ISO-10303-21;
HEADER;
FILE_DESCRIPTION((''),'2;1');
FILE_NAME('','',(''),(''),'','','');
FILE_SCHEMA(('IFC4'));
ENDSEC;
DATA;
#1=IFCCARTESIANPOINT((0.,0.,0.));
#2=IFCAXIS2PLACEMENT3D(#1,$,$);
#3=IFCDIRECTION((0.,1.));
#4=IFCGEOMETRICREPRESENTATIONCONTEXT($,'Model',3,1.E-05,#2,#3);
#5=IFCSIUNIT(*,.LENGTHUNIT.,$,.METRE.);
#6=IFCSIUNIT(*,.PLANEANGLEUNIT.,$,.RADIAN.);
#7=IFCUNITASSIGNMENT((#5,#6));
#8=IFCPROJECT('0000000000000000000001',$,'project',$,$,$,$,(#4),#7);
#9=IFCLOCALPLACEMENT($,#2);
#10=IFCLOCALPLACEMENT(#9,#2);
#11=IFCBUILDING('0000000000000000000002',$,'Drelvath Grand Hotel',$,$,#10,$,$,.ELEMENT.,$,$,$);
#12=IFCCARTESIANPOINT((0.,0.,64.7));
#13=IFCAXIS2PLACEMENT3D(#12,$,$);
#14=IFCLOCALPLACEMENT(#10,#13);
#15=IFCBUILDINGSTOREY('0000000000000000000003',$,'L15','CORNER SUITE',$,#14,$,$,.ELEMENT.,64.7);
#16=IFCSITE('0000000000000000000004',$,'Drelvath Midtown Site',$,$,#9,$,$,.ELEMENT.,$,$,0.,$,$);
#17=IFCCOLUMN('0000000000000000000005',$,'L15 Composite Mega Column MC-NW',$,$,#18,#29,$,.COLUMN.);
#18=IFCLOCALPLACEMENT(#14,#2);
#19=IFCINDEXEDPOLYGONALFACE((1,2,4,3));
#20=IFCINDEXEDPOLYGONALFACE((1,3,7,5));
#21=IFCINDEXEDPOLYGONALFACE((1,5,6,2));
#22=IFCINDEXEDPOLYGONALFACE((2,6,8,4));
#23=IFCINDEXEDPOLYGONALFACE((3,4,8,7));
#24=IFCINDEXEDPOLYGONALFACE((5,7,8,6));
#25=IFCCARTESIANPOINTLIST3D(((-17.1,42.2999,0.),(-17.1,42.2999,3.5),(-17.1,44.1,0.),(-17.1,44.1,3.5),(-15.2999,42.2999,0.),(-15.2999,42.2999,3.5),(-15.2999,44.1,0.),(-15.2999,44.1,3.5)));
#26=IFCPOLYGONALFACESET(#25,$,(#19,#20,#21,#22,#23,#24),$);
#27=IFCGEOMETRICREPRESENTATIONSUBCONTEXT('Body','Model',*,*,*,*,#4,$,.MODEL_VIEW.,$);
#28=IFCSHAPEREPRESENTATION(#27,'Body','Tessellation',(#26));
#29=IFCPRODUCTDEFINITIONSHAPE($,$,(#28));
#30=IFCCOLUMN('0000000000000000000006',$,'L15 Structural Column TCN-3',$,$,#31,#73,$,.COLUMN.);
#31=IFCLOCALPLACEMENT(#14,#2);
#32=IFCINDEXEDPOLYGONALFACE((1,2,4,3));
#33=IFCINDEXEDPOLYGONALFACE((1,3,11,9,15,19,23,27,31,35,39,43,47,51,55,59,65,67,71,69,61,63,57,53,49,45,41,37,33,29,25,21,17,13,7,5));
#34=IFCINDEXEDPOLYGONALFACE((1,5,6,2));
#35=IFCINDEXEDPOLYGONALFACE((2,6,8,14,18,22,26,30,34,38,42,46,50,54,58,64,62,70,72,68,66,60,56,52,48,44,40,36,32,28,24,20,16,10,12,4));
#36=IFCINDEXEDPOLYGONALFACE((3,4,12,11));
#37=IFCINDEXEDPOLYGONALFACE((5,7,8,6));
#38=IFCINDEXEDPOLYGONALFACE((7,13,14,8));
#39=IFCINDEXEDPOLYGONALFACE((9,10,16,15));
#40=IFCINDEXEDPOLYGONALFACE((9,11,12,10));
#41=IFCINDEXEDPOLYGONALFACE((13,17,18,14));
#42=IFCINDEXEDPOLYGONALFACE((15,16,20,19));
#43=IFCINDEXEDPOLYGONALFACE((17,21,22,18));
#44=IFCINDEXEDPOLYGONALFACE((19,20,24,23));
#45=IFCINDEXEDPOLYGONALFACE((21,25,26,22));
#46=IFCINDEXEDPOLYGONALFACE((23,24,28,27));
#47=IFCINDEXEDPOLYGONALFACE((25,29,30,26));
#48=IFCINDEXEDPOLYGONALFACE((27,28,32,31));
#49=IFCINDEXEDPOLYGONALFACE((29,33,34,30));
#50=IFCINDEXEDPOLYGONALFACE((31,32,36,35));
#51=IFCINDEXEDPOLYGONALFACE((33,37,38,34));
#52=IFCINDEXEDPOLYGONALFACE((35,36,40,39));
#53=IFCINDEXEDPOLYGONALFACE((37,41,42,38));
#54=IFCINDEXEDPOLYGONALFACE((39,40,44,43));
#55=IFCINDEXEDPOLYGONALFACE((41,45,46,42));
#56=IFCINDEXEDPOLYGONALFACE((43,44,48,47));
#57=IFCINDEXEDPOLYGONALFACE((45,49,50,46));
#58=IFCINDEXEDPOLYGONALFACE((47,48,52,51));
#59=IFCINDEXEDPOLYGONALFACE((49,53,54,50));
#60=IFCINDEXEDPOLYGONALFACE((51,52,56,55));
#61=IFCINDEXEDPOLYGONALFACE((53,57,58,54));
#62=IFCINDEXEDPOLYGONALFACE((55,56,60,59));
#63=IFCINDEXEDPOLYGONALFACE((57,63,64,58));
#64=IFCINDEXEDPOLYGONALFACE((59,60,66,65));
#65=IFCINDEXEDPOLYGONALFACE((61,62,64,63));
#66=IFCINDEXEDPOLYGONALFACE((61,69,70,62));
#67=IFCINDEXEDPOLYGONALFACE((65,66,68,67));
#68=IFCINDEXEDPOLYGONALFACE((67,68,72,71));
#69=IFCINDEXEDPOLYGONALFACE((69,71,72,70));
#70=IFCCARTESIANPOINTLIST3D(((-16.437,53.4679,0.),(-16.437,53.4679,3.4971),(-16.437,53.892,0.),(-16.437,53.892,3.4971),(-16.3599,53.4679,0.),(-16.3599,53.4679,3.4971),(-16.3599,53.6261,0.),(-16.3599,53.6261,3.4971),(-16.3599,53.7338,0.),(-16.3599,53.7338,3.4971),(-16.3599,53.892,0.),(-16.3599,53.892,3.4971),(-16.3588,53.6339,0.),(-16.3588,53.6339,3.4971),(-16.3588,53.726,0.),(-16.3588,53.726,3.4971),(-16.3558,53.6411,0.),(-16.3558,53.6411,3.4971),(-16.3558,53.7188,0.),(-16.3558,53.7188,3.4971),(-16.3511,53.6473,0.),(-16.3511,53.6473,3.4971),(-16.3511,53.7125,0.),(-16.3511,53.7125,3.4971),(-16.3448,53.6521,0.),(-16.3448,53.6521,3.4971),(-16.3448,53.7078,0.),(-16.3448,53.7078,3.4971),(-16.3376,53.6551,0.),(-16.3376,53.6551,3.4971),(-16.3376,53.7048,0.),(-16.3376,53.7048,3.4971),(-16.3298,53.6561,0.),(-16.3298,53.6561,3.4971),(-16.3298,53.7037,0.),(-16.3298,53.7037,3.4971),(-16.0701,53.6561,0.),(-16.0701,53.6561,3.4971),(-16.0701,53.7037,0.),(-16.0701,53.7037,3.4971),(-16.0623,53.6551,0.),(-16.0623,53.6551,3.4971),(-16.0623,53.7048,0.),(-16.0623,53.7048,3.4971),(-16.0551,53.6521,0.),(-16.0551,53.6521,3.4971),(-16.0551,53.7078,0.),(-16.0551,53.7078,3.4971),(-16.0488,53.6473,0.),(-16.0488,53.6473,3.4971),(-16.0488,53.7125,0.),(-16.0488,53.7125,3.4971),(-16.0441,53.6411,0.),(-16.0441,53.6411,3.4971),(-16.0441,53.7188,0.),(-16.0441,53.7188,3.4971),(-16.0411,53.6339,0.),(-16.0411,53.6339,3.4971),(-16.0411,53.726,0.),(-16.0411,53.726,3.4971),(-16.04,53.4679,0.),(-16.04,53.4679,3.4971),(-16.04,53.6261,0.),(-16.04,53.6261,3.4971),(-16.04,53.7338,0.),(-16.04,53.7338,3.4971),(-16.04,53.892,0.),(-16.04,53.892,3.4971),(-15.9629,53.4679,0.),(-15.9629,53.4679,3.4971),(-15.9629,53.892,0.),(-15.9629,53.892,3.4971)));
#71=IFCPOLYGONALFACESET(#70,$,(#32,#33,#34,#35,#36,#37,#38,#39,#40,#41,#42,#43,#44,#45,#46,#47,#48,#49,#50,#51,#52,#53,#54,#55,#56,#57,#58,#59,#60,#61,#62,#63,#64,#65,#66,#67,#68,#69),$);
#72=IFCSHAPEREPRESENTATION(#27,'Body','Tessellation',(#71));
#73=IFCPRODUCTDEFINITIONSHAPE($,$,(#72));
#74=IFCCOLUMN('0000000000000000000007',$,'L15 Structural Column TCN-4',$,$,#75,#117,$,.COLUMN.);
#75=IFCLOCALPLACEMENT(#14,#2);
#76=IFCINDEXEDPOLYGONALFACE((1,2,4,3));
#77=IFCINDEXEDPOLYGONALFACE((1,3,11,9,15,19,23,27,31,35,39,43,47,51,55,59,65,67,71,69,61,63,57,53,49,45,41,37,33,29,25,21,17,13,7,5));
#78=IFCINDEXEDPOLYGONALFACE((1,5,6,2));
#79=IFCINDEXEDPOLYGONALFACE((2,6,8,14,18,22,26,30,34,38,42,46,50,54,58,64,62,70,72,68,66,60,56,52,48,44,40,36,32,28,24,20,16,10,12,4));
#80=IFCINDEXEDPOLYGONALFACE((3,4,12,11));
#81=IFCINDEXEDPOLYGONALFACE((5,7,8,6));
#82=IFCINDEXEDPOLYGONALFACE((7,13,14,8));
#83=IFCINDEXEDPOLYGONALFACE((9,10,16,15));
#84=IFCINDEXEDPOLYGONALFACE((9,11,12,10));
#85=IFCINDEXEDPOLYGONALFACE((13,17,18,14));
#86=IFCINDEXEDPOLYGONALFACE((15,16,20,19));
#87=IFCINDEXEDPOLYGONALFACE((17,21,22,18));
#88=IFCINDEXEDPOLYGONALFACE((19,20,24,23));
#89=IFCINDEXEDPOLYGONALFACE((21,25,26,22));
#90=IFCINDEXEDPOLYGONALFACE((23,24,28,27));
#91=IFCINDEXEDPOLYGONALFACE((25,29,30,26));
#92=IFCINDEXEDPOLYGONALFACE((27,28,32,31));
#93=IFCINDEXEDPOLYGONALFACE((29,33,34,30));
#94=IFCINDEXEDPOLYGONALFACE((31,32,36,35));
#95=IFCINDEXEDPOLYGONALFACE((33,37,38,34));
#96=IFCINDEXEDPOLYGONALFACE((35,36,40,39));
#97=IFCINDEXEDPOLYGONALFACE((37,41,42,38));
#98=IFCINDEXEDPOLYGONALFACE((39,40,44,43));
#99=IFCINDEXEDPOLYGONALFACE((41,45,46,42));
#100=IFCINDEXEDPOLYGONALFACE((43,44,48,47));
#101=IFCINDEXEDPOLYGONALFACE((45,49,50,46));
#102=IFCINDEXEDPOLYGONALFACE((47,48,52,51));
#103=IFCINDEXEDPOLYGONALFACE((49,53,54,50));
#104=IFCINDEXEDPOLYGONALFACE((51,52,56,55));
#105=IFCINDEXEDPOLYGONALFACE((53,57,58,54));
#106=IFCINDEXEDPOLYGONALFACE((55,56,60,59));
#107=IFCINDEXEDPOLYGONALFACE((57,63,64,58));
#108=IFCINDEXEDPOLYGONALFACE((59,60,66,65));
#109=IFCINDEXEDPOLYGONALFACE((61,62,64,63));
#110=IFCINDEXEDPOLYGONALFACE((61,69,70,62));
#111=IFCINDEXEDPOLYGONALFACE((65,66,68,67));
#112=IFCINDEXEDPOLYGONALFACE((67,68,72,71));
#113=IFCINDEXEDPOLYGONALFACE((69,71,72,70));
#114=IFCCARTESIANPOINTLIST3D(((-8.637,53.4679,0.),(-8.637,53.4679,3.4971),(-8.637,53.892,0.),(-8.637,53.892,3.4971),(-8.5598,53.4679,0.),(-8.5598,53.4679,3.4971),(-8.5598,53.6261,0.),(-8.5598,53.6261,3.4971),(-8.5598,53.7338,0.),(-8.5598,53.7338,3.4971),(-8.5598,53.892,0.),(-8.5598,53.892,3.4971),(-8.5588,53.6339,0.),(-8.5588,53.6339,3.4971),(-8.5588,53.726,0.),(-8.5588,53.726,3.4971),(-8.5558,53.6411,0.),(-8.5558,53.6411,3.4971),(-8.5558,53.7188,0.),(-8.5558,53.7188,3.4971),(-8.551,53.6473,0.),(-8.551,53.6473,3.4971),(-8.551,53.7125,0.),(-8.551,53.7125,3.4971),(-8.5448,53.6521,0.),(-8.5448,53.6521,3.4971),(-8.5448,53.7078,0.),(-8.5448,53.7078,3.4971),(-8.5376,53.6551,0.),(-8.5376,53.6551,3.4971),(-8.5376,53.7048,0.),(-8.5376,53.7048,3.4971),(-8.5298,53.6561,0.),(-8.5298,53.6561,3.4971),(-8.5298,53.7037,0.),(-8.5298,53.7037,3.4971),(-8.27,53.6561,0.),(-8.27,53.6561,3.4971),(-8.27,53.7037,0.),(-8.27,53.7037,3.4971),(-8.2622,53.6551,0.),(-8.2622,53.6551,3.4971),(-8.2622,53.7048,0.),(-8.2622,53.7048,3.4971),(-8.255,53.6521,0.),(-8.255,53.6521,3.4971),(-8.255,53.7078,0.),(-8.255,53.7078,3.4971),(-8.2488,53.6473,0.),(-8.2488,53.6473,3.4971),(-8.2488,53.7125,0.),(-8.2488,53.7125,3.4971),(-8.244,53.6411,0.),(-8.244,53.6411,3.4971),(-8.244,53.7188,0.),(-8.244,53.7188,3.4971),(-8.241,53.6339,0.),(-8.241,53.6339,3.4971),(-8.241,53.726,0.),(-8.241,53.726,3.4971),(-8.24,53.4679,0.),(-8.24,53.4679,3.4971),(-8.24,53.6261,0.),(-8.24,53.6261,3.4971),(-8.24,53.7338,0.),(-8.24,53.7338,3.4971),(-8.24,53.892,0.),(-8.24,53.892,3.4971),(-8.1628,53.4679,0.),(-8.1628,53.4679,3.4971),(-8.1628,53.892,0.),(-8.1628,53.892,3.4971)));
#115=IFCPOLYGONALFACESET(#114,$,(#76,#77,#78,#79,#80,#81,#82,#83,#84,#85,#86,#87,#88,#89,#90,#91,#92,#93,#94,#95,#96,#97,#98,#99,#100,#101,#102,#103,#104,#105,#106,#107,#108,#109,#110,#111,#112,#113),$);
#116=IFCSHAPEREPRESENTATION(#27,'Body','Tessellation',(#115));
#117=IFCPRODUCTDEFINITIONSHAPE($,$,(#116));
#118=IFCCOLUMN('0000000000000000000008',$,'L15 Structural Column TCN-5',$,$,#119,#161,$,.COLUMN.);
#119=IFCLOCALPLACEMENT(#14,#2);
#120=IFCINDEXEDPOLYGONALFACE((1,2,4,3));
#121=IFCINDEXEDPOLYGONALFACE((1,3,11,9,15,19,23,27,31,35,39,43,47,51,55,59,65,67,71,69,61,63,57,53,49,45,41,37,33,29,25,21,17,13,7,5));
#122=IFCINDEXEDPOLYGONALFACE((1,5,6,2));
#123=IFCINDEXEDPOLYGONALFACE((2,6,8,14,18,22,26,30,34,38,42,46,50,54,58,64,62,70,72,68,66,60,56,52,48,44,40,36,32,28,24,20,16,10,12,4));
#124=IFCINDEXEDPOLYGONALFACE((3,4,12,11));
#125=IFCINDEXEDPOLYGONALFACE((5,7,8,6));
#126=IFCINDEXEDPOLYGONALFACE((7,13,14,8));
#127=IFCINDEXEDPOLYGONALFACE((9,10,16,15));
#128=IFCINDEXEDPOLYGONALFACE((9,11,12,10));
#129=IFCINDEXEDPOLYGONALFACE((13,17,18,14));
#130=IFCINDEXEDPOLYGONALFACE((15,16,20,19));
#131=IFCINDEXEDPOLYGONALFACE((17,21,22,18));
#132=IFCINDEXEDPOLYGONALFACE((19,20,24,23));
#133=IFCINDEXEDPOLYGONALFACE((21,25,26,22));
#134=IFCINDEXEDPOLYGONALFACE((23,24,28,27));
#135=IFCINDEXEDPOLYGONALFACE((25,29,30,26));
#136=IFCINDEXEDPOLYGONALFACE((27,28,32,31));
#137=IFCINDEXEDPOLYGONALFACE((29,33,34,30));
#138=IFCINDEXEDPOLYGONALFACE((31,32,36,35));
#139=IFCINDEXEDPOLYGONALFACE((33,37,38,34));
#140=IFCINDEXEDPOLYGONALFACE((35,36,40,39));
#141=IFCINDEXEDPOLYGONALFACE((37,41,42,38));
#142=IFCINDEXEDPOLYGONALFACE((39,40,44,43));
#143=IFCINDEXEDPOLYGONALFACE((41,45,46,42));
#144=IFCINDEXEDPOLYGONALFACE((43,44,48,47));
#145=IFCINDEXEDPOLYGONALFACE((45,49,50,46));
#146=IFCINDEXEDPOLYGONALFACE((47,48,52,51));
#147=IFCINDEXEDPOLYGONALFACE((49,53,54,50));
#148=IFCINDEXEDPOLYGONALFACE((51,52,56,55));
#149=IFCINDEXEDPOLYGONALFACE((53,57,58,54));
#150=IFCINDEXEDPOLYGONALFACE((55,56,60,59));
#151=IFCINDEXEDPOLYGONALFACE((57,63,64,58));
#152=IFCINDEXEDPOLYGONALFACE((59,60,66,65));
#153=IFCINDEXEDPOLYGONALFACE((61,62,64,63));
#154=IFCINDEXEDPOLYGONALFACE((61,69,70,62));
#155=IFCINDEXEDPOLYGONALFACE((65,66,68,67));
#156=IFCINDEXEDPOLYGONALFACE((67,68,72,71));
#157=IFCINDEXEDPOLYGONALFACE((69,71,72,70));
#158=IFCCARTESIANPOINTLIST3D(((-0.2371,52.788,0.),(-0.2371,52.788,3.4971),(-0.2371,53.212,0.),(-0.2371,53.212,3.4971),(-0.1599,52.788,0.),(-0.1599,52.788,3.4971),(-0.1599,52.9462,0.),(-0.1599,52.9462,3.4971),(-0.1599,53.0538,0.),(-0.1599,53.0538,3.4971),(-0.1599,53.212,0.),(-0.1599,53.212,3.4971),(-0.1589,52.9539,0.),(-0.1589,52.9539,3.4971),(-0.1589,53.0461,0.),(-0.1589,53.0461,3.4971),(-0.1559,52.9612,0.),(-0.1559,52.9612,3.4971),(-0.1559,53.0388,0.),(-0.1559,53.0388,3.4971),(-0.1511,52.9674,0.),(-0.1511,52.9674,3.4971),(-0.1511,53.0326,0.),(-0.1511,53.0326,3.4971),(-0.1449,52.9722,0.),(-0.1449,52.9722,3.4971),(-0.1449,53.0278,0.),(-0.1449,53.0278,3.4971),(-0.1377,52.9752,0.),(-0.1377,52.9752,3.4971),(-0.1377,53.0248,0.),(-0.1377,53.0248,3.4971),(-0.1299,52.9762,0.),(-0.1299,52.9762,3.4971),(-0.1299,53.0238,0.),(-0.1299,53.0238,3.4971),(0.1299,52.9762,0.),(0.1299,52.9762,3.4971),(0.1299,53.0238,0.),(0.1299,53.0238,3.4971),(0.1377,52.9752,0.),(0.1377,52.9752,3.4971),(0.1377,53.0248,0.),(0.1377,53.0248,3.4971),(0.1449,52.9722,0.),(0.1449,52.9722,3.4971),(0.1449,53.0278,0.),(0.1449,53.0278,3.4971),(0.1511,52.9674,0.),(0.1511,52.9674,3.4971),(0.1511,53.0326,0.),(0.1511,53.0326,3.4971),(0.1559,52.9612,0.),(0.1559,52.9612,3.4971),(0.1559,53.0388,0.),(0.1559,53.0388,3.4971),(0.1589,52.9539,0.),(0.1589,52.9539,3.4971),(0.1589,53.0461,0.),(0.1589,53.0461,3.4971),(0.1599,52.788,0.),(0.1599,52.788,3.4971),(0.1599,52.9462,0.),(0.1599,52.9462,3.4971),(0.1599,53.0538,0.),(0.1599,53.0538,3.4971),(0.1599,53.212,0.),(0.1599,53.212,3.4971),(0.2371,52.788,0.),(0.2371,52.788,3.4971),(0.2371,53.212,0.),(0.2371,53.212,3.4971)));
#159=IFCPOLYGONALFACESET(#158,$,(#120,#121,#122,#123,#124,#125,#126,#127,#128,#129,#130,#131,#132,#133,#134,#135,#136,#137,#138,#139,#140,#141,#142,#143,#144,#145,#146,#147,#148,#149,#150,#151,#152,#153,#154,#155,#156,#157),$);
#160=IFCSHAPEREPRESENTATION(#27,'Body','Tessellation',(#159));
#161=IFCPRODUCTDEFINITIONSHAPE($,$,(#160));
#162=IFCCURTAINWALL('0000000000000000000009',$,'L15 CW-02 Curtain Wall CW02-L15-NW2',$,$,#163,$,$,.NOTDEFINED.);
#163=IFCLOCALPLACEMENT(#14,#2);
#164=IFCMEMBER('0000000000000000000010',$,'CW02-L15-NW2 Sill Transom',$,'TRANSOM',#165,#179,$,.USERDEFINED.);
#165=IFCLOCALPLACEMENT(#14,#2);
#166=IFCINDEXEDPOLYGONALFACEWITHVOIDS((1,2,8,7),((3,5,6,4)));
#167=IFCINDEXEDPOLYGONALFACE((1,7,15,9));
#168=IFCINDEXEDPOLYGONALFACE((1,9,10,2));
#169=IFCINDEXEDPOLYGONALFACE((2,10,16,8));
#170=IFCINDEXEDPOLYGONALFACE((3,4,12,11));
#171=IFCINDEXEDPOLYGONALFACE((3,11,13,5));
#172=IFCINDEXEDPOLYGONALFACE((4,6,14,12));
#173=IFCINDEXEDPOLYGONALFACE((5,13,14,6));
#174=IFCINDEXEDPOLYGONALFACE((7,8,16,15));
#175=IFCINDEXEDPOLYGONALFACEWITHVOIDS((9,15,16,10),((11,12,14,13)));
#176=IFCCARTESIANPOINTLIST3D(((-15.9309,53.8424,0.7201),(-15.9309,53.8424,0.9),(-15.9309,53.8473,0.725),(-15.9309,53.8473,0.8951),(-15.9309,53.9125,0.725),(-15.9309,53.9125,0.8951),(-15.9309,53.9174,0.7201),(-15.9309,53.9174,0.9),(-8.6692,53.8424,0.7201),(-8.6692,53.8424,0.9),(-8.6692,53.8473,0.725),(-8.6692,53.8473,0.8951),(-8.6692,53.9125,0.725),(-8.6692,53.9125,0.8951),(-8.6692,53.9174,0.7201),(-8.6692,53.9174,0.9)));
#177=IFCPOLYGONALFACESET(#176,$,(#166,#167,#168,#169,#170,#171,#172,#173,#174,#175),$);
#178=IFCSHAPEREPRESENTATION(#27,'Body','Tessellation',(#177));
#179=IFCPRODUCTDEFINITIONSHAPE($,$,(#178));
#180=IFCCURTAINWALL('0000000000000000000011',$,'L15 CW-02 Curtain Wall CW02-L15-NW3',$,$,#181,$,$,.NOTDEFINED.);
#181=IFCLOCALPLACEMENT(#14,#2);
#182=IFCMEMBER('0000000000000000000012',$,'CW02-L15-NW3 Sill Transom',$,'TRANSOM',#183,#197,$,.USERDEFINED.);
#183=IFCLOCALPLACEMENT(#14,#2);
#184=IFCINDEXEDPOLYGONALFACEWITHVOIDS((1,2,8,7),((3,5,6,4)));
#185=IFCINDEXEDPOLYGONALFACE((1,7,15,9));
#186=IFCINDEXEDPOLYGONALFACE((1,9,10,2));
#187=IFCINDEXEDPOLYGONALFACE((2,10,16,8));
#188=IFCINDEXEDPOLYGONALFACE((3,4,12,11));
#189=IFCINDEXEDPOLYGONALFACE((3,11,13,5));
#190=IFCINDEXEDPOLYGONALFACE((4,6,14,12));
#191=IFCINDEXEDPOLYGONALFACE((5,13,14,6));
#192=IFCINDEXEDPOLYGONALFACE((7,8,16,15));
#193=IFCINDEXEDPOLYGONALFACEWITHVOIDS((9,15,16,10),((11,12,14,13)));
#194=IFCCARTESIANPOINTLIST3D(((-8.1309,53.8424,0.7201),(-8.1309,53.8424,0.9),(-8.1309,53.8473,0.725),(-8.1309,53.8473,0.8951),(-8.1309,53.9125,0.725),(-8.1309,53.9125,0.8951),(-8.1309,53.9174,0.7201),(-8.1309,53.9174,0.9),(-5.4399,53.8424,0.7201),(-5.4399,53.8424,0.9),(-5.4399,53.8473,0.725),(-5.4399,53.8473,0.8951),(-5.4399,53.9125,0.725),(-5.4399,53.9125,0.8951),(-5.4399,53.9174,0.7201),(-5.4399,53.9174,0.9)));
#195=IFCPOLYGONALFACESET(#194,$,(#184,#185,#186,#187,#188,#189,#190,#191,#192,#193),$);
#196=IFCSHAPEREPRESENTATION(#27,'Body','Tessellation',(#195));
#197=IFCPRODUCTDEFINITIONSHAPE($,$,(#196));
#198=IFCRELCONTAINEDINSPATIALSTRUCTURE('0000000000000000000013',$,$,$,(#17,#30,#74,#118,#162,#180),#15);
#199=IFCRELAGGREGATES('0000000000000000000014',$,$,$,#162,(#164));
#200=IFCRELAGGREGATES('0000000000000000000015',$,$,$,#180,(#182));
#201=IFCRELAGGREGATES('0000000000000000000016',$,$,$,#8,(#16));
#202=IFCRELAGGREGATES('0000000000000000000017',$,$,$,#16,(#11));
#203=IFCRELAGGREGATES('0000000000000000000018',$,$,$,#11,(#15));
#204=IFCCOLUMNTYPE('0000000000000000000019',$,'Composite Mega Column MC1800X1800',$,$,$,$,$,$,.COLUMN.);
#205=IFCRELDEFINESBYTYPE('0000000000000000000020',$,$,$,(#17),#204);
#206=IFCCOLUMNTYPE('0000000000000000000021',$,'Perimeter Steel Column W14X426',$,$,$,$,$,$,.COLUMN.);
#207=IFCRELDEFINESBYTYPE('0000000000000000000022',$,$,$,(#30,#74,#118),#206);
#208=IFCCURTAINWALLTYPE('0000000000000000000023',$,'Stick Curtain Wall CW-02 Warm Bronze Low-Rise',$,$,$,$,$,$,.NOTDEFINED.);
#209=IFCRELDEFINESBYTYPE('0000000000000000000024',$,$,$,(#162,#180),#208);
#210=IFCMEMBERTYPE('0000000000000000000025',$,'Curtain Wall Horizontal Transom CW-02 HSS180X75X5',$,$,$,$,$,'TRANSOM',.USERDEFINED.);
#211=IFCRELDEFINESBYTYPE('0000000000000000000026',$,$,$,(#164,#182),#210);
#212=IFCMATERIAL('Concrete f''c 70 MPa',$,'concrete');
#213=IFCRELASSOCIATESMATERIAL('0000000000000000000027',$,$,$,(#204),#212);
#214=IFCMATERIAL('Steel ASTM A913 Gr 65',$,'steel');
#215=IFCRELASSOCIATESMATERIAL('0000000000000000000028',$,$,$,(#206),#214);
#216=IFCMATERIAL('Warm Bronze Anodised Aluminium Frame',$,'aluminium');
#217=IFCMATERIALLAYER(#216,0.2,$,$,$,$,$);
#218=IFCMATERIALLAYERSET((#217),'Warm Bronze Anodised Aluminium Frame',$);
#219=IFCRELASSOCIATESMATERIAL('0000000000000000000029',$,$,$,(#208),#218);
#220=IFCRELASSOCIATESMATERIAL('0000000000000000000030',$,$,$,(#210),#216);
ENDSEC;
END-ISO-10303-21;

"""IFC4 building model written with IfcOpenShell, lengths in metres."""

from ifc_helpers import new_model, si_unit, direction, frame, origin, origin_2d, place, context, subcontext, project, spatial, rectangle, hollow_rectangle, i_section, extrude, material, layer, layer_set, material_profile, profile_set, type_object, element, aggregate, save


model = new_model("IFC4")

# Units and contexts
model_context = context("Model", 3, precision=1e-05, world=origin(), true_north=direction((0.0, 1.0)))
body_context = subcontext(model_context, "Body", "Model", "MODEL_VIEW")
ifc_project = project(units=[si_unit("LENGTHUNIT", "METRE"), si_unit("PLANEANGLEUNIT", "RADIAN")], contexts=[model_context])

# Site, building, storey
site_placement = place(None, origin())
site = spatial("IfcSite", under=ifc_project, at=site_placement, Name="Drelvath Midtown Site", CompositionType="ELEMENT", RefElevation=0.0)
building_placement = place(site_placement, origin())
building = spatial("IfcBuilding", under=site, at=building_placement, Name="Drelvath Grand Hotel", CompositionType="ELEMENT")
storey_placement = place(building_placement, frame((0.0, 0.0, 64.7)))
storey = spatial("IfcBuildingStorey", under=building, at=storey_placement, Name="L15", Description="CORNER SUITE", CompositionType="ELEMENT", Elevation=64.7)

# Columns
ifc_material_1 = material(Name="Concrete f'c 70 MPa", Category="concrete")
ifc_material_profile_1 = material_profile(ifc_material_1, rectangle(XDim=1.8, YDim=1.8, at=origin_2d()), Name="MC1800X1800")
ifc_profile_set_1 = profile_set([ifc_material_profile_1], Name="Concrete f'c 70 MPa")
column_type_1 = type_object("IfcColumnType", Name="Composite Mega Column MC1800X1800", PredefinedType="COLUMN", material=ifc_profile_set_1)
column_placement = place(storey_placement, frame((-16.2, 43.2, 0.0), z_axis=(0.0, 0.0, 1.0), x_axis=(1.0, 0.0, 0.0)))
element("IfcColumn", 1, at=column_placement, inside=storey, type_object=column_type_1, Name="L15 Composite Mega Column MC-NW", PredefinedType="COLUMN", context=body_context, shape_type="SweptSolid", body=[
    extrude(rectangle(XDim=1.8, YDim=1.8, at=origin_2d()), origin(), (0.0, 0.0, 1.0), 3.5),
])
ifc_material_2 = material(Name="Steel ASTM A913 Gr 65", Category="steel")
ifc_material_profile_2 = material_profile(ifc_material_2, i_section(OverallWidth=0.4241, OverallDepth=0.4741, WebThickness=0.0476, FlangeThickness=0.0771, FilletRadius=0.03, at=origin_2d()), Name="W14X426")
ifc_profile_set_2 = profile_set([ifc_material_profile_2], Name="Steel ASTM A913 Gr 65")
column_type_2 = type_object("IfcColumnType", Name="Perimeter Steel Column W14X426", PredefinedType="COLUMN", material=ifc_profile_set_2)
for number, where, z_axis, x_axis, name in (
    (2, (-16.2, 53.6799, 0.0), (0.0, 0.0, 1.0), (0.0, 1.0, 0.0), "L15 Structural Column TCN-3"),
    (3, (-8.3999, 53.6799, 0.0), (0.0, 0.0, 1.0), (0.0, 1.0, 0.0), "L15 Structural Column TCN-4"),
    (4, (0.0, 53.0, 0.0), (0.0, 0.0, 1.0), (0.0, 1.0, 0.0), "L15 Structural Column TCN-5"),
):
    element("IfcColumn", number, at=place(storey_placement, frame(where, z_axis=z_axis, x_axis=x_axis)), inside=storey, type_object=column_type_2, Name=name, PredefinedType="COLUMN", context=body_context, shape_type="SweptSolid", body=[
        extrude(i_section(OverallWidth=0.4241, OverallDepth=0.4741, WebThickness=0.0476, FlangeThickness=0.0771, FilletRadius=0.03, at=origin_2d()), origin(), (0.0, 0.0, 1.0), 3.4971),
    ])

# Curtain walls, members
ifc_material_3 = material(Name="Warm Bronze Anodised Aluminium Frame", Category="aluminium")
ifc_layer_1 = layer(ifc_material_3, 0.2)
ifc_layer_set_1 = layer_set([ifc_layer_1], Name="Warm Bronze Anodised Aluminium Frame")
curtain_wall_type = type_object("IfcCurtainWallType", Name="Stick Curtain Wall CW-02 Warm Bronze Low-Rise", PredefinedType="NOTDEFINED", material=ifc_layer_set_1)
curtain_wall_1_placement = place(storey_placement, origin())
curtain_wall_1 = element("IfcCurtainWall", 5, at=curtain_wall_1_placement, inside=storey, type_object=curtain_wall_type, Name="L15 CW-02 Curtain Wall CW02-L15-NW2", PredefinedType="NOTDEFINED")
ifc_material_profile_3 = material_profile(ifc_material_3, hollow_rectangle(XDim=0.075, YDim=0.1799, WallThickness=0.0049, at=origin_2d()), Name="HSS180X75X5")
ifc_profile_set_3 = profile_set([ifc_material_profile_3], Name="Warm Bronze Anodised Aluminium Frame")
member_type_1 = type_object("IfcMemberType", Name="Curtain Wall Horizontal Transom CW-02 HSS180X75X5", ElementType="TRANSOM", PredefinedType="USERDEFINED", material=ifc_profile_set_3)
member_1_placement = place(storey_placement, frame((-15.9309, 53.8799, 0.8101), z_axis=(1.0, 0.0, 0.0), x_axis=(0.0, 1.0, 0.0)))
member_1 = element("IfcMember", 6, at=member_1_placement, type_object=member_type_1, Name="CW02-L15-NW2 Sill Transom", ObjectType="TRANSOM", PredefinedType="USERDEFINED", context=body_context, shape_type="SweptSolid", body=[
    extrude(hollow_rectangle(XDim=0.075, YDim=0.1799, WallThickness=0.0049, at=origin_2d()), origin(), (0.0, 0.0, 1.0), 7.2617),
])
curtain_wall_2_placement = place(storey_placement, origin())
curtain_wall_2 = element("IfcCurtainWall", 7, at=curtain_wall_2_placement, inside=storey, type_object=curtain_wall_type, Name="L15 CW-02 Curtain Wall CW02-L15-NW3", PredefinedType="NOTDEFINED")
member_2_placement = place(storey_placement, frame((-8.1309, 53.8799, 0.8101), z_axis=(1.0, 0.0, 0.0), x_axis=(0.0, 1.0, 0.0)))
member_2 = element("IfcMember", 8, at=member_2_placement, type_object=member_type_1, Name="CW02-L15-NW3 Sill Transom", ObjectType="TRANSOM", PredefinedType="USERDEFINED", context=body_context, shape_type="SweptSolid", body=[
    extrude(hollow_rectangle(XDim=0.075, YDim=0.1799, WallThickness=0.0049, at=origin_2d()), origin(), (0.0, 0.0, 1.0), 2.6909),
])

aggregate(curtain_wall_1, [member_1])
aggregate(curtain_wall_2, [member_2])

save(model, "model.ifc")
